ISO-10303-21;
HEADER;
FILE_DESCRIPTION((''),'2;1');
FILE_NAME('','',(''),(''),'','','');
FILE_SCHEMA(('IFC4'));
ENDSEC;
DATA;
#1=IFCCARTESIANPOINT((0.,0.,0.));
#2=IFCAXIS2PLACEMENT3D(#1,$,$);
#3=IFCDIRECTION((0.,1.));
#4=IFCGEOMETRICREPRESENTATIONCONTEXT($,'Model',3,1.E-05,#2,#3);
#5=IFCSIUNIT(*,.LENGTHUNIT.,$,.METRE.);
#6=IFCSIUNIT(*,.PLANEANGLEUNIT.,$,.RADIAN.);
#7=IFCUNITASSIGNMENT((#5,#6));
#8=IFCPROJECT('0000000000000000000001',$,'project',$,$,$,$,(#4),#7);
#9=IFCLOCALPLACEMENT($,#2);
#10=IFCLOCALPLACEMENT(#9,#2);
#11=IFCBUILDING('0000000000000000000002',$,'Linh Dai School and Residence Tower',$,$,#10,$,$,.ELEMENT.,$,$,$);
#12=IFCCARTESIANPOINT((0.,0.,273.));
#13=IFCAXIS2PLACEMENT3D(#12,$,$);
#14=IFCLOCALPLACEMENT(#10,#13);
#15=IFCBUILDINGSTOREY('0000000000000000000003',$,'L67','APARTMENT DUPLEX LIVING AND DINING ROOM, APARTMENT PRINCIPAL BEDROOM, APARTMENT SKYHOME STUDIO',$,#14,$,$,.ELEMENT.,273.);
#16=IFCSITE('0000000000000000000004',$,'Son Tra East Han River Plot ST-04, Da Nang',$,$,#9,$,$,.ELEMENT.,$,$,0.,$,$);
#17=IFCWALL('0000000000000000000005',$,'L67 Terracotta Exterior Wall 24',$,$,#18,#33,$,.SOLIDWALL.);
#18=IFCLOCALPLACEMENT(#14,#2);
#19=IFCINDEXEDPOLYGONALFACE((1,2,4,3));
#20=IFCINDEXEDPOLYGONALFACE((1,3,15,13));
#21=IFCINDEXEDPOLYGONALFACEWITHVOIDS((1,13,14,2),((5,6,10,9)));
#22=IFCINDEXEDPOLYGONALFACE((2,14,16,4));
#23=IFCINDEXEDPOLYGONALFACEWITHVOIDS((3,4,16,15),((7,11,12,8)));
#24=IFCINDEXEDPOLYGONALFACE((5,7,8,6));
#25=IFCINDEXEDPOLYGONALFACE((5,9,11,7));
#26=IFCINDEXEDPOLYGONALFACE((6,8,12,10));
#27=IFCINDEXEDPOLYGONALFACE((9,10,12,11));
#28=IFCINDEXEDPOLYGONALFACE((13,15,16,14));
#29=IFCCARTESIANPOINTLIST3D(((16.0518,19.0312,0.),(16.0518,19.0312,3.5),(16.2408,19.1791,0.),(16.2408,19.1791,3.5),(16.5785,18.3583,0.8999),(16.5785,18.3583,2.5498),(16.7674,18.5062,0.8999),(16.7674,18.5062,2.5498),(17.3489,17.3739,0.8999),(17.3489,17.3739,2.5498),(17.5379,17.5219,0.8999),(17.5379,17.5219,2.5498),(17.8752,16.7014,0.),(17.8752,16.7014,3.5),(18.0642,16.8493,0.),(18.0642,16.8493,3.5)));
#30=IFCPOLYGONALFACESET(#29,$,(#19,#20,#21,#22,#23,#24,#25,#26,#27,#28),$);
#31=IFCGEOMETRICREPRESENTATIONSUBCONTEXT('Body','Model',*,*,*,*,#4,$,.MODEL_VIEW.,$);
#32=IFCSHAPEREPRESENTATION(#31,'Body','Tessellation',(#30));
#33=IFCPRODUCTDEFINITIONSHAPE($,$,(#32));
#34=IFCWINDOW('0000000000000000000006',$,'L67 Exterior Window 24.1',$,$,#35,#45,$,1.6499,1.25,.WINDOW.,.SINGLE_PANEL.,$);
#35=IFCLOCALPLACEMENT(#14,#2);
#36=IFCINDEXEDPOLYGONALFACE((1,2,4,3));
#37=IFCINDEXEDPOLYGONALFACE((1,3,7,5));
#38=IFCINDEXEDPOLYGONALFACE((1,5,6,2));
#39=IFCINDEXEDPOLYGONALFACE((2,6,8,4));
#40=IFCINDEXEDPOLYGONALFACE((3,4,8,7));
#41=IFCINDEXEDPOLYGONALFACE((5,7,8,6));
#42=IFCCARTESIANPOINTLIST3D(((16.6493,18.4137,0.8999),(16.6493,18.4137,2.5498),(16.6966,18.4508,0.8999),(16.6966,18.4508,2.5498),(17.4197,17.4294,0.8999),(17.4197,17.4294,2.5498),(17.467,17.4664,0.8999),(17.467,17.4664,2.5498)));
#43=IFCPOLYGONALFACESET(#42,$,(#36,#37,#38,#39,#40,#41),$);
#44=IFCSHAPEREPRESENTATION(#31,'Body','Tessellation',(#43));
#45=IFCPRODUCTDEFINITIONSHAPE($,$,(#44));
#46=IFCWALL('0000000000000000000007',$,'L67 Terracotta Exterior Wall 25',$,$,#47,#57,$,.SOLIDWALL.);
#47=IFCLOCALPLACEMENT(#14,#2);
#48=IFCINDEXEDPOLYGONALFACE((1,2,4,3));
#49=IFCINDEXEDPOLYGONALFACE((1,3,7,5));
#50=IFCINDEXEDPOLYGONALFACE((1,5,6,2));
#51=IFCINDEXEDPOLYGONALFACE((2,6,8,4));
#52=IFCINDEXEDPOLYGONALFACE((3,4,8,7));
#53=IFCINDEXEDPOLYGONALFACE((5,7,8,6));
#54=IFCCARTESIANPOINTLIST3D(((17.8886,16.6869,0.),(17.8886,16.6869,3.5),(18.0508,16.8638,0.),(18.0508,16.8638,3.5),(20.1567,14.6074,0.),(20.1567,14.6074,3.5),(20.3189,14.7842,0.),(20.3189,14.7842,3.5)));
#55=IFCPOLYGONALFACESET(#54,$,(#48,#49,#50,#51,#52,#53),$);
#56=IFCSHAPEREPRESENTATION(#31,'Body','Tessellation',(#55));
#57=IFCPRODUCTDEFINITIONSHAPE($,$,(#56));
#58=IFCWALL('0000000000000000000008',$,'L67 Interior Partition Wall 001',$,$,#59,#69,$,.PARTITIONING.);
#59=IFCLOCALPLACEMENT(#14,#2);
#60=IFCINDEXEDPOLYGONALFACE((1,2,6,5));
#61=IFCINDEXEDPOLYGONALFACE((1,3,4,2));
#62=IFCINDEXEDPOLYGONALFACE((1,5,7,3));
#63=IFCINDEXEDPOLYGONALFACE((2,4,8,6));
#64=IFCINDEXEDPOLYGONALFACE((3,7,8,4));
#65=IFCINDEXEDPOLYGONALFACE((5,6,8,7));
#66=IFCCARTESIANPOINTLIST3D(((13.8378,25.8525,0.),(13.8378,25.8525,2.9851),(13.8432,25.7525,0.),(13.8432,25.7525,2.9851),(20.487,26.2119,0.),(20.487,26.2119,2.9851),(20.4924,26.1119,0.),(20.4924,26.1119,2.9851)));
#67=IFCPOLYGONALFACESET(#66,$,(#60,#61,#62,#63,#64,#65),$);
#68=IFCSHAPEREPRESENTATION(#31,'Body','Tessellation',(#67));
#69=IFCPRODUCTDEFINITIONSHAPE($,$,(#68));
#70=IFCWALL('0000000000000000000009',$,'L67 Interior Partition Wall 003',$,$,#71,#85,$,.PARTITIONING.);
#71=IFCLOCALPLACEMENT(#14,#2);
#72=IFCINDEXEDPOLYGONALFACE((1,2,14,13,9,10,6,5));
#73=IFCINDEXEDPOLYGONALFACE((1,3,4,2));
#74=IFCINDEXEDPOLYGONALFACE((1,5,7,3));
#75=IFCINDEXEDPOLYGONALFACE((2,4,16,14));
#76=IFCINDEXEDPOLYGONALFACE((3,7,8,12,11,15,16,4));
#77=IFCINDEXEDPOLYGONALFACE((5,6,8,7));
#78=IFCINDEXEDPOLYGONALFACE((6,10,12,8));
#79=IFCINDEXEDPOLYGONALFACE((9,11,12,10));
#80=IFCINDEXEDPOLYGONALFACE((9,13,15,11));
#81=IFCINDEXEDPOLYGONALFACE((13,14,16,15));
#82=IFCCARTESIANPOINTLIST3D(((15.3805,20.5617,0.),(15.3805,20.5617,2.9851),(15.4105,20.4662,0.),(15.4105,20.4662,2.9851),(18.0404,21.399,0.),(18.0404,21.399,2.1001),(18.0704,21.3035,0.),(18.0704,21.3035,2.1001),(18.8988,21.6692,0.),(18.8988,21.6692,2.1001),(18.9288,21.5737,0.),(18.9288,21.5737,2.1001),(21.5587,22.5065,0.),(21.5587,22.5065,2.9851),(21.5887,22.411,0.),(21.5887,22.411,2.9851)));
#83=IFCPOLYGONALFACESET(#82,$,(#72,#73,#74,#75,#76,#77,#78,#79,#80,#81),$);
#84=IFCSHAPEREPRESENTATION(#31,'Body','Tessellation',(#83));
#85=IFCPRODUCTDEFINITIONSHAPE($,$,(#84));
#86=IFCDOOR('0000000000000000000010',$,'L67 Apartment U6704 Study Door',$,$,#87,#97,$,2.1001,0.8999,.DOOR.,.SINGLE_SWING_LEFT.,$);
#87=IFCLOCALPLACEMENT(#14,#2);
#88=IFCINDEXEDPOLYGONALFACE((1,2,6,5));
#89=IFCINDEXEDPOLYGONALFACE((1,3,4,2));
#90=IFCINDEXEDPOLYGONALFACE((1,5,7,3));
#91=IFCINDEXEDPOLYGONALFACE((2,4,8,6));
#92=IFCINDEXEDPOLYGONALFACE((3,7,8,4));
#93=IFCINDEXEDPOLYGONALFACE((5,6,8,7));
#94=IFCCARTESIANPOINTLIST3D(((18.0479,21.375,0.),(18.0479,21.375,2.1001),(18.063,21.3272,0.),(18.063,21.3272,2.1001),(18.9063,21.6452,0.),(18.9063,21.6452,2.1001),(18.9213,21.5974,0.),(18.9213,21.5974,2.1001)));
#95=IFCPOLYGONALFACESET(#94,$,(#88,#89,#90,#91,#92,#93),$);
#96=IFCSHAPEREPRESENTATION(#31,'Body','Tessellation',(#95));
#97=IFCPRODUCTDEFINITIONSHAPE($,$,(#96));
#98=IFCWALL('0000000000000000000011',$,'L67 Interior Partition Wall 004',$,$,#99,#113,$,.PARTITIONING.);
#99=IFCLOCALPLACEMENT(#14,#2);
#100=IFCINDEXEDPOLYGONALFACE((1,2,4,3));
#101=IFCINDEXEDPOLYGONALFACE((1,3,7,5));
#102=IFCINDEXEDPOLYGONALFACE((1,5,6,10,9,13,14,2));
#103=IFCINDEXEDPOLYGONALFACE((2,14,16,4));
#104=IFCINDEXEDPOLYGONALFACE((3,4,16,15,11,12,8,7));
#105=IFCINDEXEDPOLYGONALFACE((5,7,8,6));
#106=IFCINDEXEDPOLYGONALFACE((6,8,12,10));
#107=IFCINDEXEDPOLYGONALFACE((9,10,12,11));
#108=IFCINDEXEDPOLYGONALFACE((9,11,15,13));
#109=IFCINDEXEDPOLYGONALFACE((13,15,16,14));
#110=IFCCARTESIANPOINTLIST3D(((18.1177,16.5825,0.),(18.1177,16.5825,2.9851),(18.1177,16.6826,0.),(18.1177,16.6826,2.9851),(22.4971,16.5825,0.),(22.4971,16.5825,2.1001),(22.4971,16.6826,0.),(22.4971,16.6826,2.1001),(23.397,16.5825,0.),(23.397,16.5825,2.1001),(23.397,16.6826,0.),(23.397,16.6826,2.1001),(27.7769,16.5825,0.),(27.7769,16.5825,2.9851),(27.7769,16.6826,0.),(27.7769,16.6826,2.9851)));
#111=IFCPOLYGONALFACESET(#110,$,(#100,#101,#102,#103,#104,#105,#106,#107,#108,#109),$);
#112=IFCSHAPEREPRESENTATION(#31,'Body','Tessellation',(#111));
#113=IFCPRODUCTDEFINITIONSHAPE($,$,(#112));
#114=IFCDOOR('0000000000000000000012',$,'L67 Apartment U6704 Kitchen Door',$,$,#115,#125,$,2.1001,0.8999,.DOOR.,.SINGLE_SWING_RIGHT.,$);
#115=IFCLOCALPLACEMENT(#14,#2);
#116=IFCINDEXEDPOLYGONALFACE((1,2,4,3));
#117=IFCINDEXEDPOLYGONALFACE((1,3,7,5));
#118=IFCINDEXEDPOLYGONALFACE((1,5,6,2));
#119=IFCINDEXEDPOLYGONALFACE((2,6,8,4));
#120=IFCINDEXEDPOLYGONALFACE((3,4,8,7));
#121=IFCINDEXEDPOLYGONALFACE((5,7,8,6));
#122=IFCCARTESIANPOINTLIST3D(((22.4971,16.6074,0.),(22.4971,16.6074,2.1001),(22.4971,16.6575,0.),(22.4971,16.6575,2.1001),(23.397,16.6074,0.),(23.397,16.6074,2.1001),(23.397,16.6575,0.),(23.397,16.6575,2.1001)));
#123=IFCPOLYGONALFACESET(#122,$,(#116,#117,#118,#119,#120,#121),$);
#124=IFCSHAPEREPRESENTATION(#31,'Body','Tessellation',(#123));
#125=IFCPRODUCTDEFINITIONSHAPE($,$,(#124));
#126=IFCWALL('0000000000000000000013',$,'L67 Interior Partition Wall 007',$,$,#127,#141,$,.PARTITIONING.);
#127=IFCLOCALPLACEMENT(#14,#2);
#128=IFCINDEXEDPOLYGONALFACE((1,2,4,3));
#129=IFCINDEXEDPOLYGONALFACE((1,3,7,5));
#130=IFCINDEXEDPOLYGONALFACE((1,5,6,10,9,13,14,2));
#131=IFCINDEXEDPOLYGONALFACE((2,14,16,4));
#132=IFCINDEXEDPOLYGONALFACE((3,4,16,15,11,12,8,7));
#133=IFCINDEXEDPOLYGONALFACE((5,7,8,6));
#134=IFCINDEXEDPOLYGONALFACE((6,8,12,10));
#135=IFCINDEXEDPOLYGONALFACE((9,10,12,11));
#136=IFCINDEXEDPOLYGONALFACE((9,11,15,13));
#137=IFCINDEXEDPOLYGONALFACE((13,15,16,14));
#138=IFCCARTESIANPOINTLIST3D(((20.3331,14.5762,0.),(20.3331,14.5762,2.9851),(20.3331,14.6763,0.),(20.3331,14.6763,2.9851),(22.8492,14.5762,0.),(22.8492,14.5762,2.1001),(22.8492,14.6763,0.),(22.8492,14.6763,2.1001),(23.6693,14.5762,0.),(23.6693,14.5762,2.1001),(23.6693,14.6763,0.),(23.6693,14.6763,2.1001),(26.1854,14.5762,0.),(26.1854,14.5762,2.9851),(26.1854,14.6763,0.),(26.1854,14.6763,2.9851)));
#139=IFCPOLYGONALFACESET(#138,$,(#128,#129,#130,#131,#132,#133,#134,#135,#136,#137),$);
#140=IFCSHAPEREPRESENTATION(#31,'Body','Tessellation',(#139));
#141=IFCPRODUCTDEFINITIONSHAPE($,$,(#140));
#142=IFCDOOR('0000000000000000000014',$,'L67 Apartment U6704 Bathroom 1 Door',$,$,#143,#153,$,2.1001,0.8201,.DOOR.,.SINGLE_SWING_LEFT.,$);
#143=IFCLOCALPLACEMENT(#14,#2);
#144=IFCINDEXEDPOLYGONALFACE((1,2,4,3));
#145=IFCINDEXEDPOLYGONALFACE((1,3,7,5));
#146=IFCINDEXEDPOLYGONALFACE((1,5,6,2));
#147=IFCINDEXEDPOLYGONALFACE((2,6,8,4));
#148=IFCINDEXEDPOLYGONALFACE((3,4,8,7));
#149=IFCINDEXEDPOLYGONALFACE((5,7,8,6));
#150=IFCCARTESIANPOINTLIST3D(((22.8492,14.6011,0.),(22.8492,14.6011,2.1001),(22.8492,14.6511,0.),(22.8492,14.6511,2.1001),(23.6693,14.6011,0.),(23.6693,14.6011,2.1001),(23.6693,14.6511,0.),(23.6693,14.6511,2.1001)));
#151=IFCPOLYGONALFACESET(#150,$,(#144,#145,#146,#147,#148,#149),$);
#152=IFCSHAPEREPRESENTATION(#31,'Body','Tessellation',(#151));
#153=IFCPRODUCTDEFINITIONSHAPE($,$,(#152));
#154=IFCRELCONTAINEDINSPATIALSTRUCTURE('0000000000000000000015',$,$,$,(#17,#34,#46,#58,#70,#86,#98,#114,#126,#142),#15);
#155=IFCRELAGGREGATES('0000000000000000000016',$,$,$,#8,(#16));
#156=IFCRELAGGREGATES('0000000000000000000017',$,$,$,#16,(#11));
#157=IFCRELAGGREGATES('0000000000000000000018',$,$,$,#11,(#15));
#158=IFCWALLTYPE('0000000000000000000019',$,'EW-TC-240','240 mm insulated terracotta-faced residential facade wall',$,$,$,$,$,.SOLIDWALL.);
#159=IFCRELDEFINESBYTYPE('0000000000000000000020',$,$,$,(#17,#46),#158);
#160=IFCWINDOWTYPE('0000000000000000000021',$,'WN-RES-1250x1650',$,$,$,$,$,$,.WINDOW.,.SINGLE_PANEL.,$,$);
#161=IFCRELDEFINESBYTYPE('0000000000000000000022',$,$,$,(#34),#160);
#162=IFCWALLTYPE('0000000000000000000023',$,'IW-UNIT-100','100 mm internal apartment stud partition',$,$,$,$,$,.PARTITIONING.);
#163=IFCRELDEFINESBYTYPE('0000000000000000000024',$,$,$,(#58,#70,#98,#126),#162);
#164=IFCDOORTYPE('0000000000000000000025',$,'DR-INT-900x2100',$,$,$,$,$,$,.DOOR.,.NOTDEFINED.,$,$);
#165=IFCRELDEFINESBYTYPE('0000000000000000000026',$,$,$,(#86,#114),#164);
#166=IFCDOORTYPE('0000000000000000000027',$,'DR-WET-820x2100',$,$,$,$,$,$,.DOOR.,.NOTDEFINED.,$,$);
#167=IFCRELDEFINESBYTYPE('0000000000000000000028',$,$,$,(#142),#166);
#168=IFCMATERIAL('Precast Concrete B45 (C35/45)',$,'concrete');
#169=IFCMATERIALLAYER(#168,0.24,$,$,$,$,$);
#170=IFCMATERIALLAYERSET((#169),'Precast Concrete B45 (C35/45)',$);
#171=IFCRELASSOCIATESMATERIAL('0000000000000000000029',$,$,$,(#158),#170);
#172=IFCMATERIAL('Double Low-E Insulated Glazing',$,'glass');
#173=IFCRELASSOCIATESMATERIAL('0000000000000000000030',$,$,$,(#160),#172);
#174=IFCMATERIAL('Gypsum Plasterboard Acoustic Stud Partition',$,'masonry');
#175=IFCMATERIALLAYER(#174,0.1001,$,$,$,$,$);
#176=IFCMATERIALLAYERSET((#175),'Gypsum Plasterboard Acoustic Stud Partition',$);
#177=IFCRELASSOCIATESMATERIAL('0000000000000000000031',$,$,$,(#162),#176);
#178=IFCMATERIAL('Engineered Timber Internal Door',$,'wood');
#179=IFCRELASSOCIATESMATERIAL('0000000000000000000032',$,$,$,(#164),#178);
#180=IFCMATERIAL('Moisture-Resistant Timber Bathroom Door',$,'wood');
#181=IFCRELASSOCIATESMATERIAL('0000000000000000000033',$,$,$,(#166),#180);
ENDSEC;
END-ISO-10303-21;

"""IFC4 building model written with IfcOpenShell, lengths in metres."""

from ifc_helpers import new_model, si_unit, direction, frame, frame_2d, origin, origin_2d, place, context, subcontext, project, spatial, rectangle, extrude, source, transform, mapped, material, layer, layer_set, type_object, element, fill, save


model = new_model("IFC4")

# Units and contexts
model_context = context("Model", 3, precision=1e-05, world=origin(), true_north=direction((0.0, 1.0)))
body_context = subcontext(model_context, "Body", "Model", "MODEL_VIEW")
ifc_project = project(units=[si_unit("LENGTHUNIT", "METRE"), si_unit("PLANEANGLEUNIT", "RADIAN")], contexts=[model_context])

# Site, building, storey
site_placement = place(None, origin())
site = spatial("IfcSite", under=ifc_project, at=site_placement, Name="Son Tra East Han River Plot ST-04, Da Nang", CompositionType="ELEMENT", RefElevation=0.0)
building_placement = place(site_placement, origin())
building = spatial("IfcBuilding", under=site, at=building_placement, Name="Linh Dai School and Residence Tower", CompositionType="ELEMENT")
storey_placement = place(building_placement, frame((0.0, 0.0, 273.0)))
storey = spatial("IfcBuildingStorey", under=building, at=storey_placement, Name="L67", Description="APARTMENT DUPLEX LIVING AND DINING ROOM, APARTMENT PRINCIPAL BEDROOM, APARTMENT SKYHOME STUDIO", CompositionType="ELEMENT", Elevation=273.0)

# Shared definitions
ifc_material_1 = material(Name="Precast Concrete B45 (C35/45)", Category="concrete")

# Shared definitions
ifc_layer_1 = layer(ifc_material_1, 0.24)
ifc_layer_set_1 = layer_set([ifc_layer_1], Name="Precast Concrete B45 (C35/45)")
wall_type_1 = type_object("IfcWallType", Name="EW-TC-240", Description="240 mm insulated terracotta-faced residential facade wall", PredefinedType="SOLIDWALL", material=ifc_layer_set_1)

# Wall, opening, window
wall_1_placement = place(storey_placement, frame((17.9697, 16.7754, 0.0), z_axis=(0.0, 0.0, 1.0), x_axis=(-0.616337, 0.787482, 0.0)))
wall_1 = element("IfcWall", 1, at=wall_1_placement, inside=storey, type_object=wall_type_1, Name="L67 Terracotta Exterior Wall 24", PredefinedType="SOLIDWALL", context=body_context, shape_type="SweptSolid", body=[
    extrude(rectangle(XDim=2.9585, YDim=0.24, at=frame_2d((1.4792, 0.0))), origin(), (0.0, 0.0, 1.0), 3.5),
])
opening_1_placement = place(wall_1_placement, frame((0.854, 0.0, 0.8999)))
opening_1 = element("IfcOpeningElement", 2, at=opening_1_placement, cuts=wall_1, PredefinedType="OPENING", context=body_context, shape_type="SweptSolid", body=[
    extrude(rectangle(XDim=1.25, YDim=1.6499, at=origin_2d()), frame((0.625, 0.1299, 0.825), z_axis=(0.0, -1.0, 0.0), x_axis=(1.0, 0.0, 0.0)), (0.0, 0.0, 1.0), 0.26),
])
ifc_material_2 = material(Name="Double Low-E Insulated Glazing", Category="glass")
window_type = type_object("IfcWindowType", Name="WN-RES-1250x1650", PartitioningType="SINGLE_PANEL", PredefinedType="WINDOW", material=ifc_material_2)
shared_shape_1 = source(origin(), body_context, "Body", "SweptSolid", [
    extrude(rectangle(XDim=1.25, YDim=1.6499, at=origin_2d()), frame((0.625, 0.03, 0.825), z_axis=(0.0, -1.0, 0.0), x_axis=(1.0, 0.0, 0.0)), (0.0, 0.0, 1.0), 0.0601),
])
window_placement = place(opening_1_placement, origin())
window = element("IfcWindow", 3, at=window_placement, inside=storey, type_object=window_type, Name="L67 Exterior Window 24.1", OverallHeight=1.6499, OverallWidth=1.25, PartitioningType="SINGLE_PANEL", PredefinedType="WINDOW", context=body_context, shape_type="MappedRepresentation", body=[
    mapped(shared_shape_1, transform((0.0, 0.0, 0.0), x_axis=(1.0, 0.0, 0.0), y_axis=(0.0, 1.0, 0.0), z_axis=(0.0, 0.0, 1.0), scale=1.0)),
])
fill(opening_1, window)

# Walls
wall_2_placement = place(storey_placement, frame((20.2378, 14.6958, 0.0), z_axis=(0.0, 0.0, 1.0), x_axis=(-0.737069, 0.675818, 0.0)))
element("IfcWall", 4, at=wall_2_placement, inside=storey, type_object=wall_type_1, Name="L67 Terracotta Exterior Wall 25", PredefinedType="SOLIDWALL", context=body_context, shape_type="SweptSolid", body=[
    extrude(rectangle(XDim=3.0771, YDim=0.24, at=frame_2d((1.5386, 0.0))), origin(), (0.0, 0.0, 1.0), 3.5),
])
ifc_material_3 = material(Name="Gypsum Plasterboard Acoustic Stud Partition", Category="masonry")
ifc_layer_2 = layer(ifc_material_3, 0.1001)
ifc_layer_set_2 = layer_set([ifc_layer_2], Name="Gypsum Plasterboard Acoustic Stud Partition")
wall_type_2 = type_object("IfcWallType", Name="IW-UNIT-100", Description="100 mm internal apartment stud partition", PredefinedType="PARTITIONING", material=ifc_layer_set_2)
wall_3_placement = place(storey_placement, frame((13.8403, 25.8025, 0.0), z_axis=(0.0, 0.0, 1.0), x_axis=(0.998543, 0.053969, 0.0)))
element("IfcWall", 5, at=wall_3_placement, inside=storey, type_object=wall_type_2, Name="L67 Interior Partition Wall 001", PredefinedType="PARTITIONING", context=body_context, shape_type="SweptSolid", body=[
    extrude(rectangle(XDim=6.6589, YDim=0.1001, at=frame_2d((3.3296, 0.0))), origin(), (0.0, 0.0, 1.0), 2.9851),
])

# Walls, openings, doors
wall_4_placement = place(storey_placement, frame((15.3955, 20.5139, 0.0), z_axis=(0.0, 0.0, 1.0), x_axis=(0.953857, 0.300262, 0.0)))
wall_4 = element("IfcWall", 6, at=wall_4_placement, inside=storey, type_object=wall_type_2, Name="L67 Interior Partition Wall 003", PredefinedType="PARTITIONING", context=body_context, shape_type="SweptSolid", body=[
    extrude(rectangle(XDim=6.4771, YDim=0.1001, at=frame_2d((3.2385, 0.0))), origin(), (0.0, 0.0, 1.0), 2.9851),
])
opening_2_placement = place(wall_4_placement, frame((2.7886, 0.0, 0.0)))
opening_2 = element("IfcOpeningElement", 7, at=opening_2_placement, cuts=wall_4, PredefinedType="OPENING", context=body_context, shape_type="SweptSolid", body=[
    extrude(rectangle(XDim=0.8999, YDim=2.1001, at=origin_2d()), frame((0.45, 0.0601, 1.05), z_axis=(0.0, -1.0, 0.0), x_axis=(1.0, 0.0, 0.0)), (0.0, 0.0, 1.0), 0.1201),
])
ifc_material_4 = material(Name="Engineered Timber Internal Door", Category="wood")
door_type_1 = type_object("IfcDoorType", Name="DR-INT-900x2100", OperationType="NOTDEFINED", PredefinedType="DOOR", material=ifc_material_4)
shared_shape_2 = source(origin(), body_context, "Body", "SweptSolid", [
    extrude(rectangle(XDim=0.8999, YDim=2.1001, at=origin_2d()), frame((0.45, 0.0249, 1.05), z_axis=(0.0, -1.0, 0.0), x_axis=(1.0, 0.0, 0.0)), (0.0, 0.0, 1.0), 0.05),
])
door_1_placement = place(opening_2_placement, origin())
door_1 = element("IfcDoor", 8, at=door_1_placement, inside=storey, type_object=door_type_1, Name="L67 Apartment U6704 Study Door", OperationType="SINGLE_SWING_LEFT", OverallHeight=2.1001, OverallWidth=0.8999, PredefinedType="DOOR", context=body_context, shape_type="MappedRepresentation", body=[
    mapped(shared_shape_2, transform((0.0, 0.0, 0.0), x_axis=(1.0, 0.0, 0.0), y_axis=(0.0, 1.0, 0.0), z_axis=(0.0, 0.0, 1.0), scale=1.0)),
])
fill(opening_2, door_1)
wall_5_placement = place(storey_placement, frame((18.1177, 16.6326, 0.0), z_axis=(0.0, 0.0, 1.0), x_axis=(1.0, 0.0, 0.0)))
wall_5 = element("IfcWall", 9, at=wall_5_placement, inside=storey, type_object=wall_type_2, Name="L67 Interior Partition Wall 004", PredefinedType="PARTITIONING", context=body_context, shape_type="SweptSolid", body=[
    extrude(rectangle(XDim=9.6592, YDim=0.1001, at=frame_2d((4.8296, 0.0))), origin(), (0.0, 0.0, 1.0), 2.9851),
])
opening_3_placement = place(wall_5_placement, frame((4.3794, 0.0, 0.0)))
opening_3 = element("IfcOpeningElement", 10, at=opening_3_placement, cuts=wall_5, PredefinedType="OPENING", context=body_context, shape_type="SweptSolid", body=[
    extrude(rectangle(XDim=0.8999, YDim=2.1001, at=origin_2d()), frame((0.45, 0.0601, 1.05), z_axis=(0.0, -1.0, 0.0), x_axis=(1.0, 0.0, 0.0)), (0.0, 0.0, 1.0), 0.1201),
])
door_2_placement = place(opening_3_placement, origin())
door_2 = element("IfcDoor", 11, at=door_2_placement, inside=storey, type_object=door_type_1, Name="L67 Apartment U6704 Kitchen Door", OperationType="SINGLE_SWING_RIGHT", OverallHeight=2.1001, OverallWidth=0.8999, PredefinedType="DOOR", context=body_context, shape_type="MappedRepresentation", body=[
    mapped(shared_shape_2, transform((0.0, 0.0, 0.0), x_axis=(1.0, 0.0, 0.0), y_axis=(0.0, 1.0, 0.0), z_axis=(0.0, 0.0, 1.0), scale=1.0)),
])
fill(opening_3, door_2)
wall_6_placement = place(storey_placement, frame((20.333, 14.6262, 0.0), z_axis=(0.0, 0.0, 1.0), x_axis=(1.0, 0.0, 0.0)))
wall_6 = element("IfcWall", 12, at=wall_6_placement, inside=storey, type_object=wall_type_2, Name="L67 Interior Partition Wall 007", PredefinedType="PARTITIONING", context=body_context, shape_type="SweptSolid", body=[
    extrude(rectangle(XDim=5.8523, YDim=0.1001, at=frame_2d((2.9263, 0.0))), origin(), (0.0, 0.0, 1.0), 2.9851),
])
opening_4_placement = place(wall_6_placement, frame((2.5161, 0.0, 0.0)))
opening_4 = element("IfcOpeningElement", 13, at=opening_4_placement, cuts=wall_6, PredefinedType="OPENING", context=body_context, shape_type="SweptSolid", body=[
    extrude(rectangle(XDim=0.8201, YDim=2.1001, at=origin_2d()), frame((0.4102, 0.0601, 1.05), z_axis=(0.0, -1.0, 0.0), x_axis=(1.0, 0.0, 0.0)), (0.0, 0.0, 1.0), 0.1201),
])
ifc_material_5 = material(Name="Moisture-Resistant Timber Bathroom Door", Category="wood")
door_type_2 = type_object("IfcDoorType", Name="DR-WET-820x2100", OperationType="NOTDEFINED", PredefinedType="DOOR", material=ifc_material_5)
shared_shape_3 = source(origin(), body_context, "Body", "SweptSolid", [
    extrude(rectangle(XDim=0.8201, YDim=2.1001, at=origin_2d()), frame((0.4102, 0.0249, 1.05), z_axis=(0.0, -1.0, 0.0), x_axis=(1.0, 0.0, 0.0)), (0.0, 0.0, 1.0), 0.05),
])
door_3_placement = place(opening_4_placement, origin())
door_3 = element("IfcDoor", 14, at=door_3_placement, inside=storey, type_object=door_type_2, Name="L67 Apartment U6704 Bathroom 1 Door", OperationType="SINGLE_SWING_LEFT", OverallHeight=2.1001, OverallWidth=0.8201, PredefinedType="DOOR", context=body_context, shape_type="MappedRepresentation", body=[
    mapped(shared_shape_3, transform((0.0, 0.0, 0.0), x_axis=(1.0, 0.0, 0.0), y_axis=(0.0, 1.0, 0.0), z_axis=(0.0, 0.0, 1.0), scale=1.0)),
])
fill(opening_4, door_3)

save(model, "model.ifc")
